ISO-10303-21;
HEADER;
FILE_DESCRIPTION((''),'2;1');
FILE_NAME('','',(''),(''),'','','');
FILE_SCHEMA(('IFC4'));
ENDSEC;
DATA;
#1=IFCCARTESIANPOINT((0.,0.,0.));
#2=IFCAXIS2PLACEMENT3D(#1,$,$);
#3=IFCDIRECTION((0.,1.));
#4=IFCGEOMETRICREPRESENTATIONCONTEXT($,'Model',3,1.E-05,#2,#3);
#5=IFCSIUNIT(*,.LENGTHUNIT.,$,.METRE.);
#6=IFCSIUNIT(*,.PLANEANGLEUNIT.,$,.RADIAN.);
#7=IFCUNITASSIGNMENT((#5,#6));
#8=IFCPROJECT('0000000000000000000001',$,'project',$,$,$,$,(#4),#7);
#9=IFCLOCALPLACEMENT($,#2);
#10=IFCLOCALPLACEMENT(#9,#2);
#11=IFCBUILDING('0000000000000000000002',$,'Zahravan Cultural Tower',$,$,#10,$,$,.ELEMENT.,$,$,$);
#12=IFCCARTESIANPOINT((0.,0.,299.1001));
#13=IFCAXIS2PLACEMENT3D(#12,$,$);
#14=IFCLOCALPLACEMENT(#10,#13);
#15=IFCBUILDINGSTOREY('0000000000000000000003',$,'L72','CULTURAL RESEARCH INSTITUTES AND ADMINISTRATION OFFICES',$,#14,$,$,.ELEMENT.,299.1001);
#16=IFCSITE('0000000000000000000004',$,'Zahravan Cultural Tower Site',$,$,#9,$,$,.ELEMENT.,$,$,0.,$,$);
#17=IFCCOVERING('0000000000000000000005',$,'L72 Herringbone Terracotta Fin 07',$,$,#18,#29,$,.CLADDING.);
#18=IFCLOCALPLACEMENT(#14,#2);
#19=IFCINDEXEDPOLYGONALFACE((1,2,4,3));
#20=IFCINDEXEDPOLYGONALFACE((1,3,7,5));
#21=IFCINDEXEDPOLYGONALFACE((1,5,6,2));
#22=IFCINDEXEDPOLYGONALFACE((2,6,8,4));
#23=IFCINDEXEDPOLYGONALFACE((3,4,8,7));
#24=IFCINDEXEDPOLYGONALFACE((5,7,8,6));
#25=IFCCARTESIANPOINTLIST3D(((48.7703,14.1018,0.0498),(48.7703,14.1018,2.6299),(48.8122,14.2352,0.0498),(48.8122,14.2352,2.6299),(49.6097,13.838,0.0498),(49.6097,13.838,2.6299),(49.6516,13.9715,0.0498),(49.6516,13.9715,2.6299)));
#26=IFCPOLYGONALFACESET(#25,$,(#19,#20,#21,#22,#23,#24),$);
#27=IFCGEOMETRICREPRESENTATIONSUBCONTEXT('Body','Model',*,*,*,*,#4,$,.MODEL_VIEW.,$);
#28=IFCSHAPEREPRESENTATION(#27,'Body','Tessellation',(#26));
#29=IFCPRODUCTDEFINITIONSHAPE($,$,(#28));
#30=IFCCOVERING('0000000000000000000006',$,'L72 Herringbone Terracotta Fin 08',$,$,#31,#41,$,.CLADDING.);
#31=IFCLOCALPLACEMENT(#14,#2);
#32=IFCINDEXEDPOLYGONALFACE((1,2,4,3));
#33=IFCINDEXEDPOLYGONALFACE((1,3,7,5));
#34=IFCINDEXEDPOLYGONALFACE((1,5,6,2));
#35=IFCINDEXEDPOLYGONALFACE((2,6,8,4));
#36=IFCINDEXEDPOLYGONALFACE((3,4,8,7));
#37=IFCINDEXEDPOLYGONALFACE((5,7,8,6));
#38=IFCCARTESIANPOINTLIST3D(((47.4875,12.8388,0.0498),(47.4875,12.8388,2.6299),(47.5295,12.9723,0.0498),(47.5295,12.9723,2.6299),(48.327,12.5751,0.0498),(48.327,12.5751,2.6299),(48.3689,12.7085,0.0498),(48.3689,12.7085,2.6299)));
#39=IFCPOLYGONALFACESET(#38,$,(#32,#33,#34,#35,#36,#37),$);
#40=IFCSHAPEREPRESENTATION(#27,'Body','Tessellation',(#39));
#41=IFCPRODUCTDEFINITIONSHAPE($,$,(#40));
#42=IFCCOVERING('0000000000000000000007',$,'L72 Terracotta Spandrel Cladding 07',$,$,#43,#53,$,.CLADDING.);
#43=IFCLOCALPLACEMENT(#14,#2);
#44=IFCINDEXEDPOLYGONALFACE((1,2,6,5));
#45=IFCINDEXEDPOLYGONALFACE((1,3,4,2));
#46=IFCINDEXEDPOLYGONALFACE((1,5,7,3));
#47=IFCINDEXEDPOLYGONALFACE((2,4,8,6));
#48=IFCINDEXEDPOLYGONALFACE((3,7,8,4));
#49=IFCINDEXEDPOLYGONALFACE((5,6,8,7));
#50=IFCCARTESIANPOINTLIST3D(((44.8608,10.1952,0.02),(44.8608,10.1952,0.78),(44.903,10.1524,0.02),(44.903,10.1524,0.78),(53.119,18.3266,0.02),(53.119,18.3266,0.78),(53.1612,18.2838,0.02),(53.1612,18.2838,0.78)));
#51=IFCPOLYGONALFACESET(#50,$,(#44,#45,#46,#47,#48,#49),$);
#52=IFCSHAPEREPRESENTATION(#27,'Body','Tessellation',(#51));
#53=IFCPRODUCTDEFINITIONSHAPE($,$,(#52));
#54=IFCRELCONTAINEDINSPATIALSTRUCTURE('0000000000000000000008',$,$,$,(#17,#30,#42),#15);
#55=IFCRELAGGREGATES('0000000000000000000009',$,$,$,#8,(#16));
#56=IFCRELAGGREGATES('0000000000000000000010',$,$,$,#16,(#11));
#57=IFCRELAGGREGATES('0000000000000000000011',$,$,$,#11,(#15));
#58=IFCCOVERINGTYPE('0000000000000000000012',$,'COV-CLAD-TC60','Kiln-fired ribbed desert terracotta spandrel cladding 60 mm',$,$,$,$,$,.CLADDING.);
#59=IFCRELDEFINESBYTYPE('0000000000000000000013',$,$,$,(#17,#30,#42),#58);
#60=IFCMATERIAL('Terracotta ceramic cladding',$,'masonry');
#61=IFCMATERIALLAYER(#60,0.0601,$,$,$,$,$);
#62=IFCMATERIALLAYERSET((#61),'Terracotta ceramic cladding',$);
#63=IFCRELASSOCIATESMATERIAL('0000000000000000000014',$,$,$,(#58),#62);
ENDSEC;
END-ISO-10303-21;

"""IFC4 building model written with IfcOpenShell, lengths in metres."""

from ifc_helpers import new_model, si_unit, direction, frame, origin, origin_2d, place, context, subcontext, project, spatial, rectangle, extrude, source, transform, mapped, material, layer, layer_set, type_object, element, save


model = new_model("IFC4")

# Units and contexts
model_context = context("Model", 3, precision=1e-05, world=origin(), true_north=direction((0.0, 1.0)))
body_context = subcontext(model_context, "Body", "Model", "MODEL_VIEW")
ifc_project = project(units=[si_unit("LENGTHUNIT", "METRE"), si_unit("PLANEANGLEUNIT", "RADIAN")], contexts=[model_context])

# Site, building, storey
site_placement = place(None, origin())
site = spatial("IfcSite", under=ifc_project, at=site_placement, Name="Zahravan Cultural Tower Site", CompositionType="ELEMENT", RefElevation=0.0)
building_placement = place(site_placement, origin())
building = spatial("IfcBuilding", under=site, at=building_placement, Name="Zahravan Cultural Tower", CompositionType="ELEMENT")
storey_placement = place(building_placement, frame((0.0, 0.0, 299.1001)))
storey = spatial("IfcBuildingStorey", under=building, at=storey_placement, Name="L72", Description="CULTURAL RESEARCH INSTITUTES AND ADMINISTRATION OFFICES", CompositionType="ELEMENT", Elevation=299.1001)

# Coverings
ifc_material_1 = material(Name="Terracotta ceramic cladding", Category="masonry")
ifc_layer_1 = layer(ifc_material_1, 0.0601)
ifc_layer_set_1 = layer_set([ifc_layer_1], Name="Terracotta ceramic cladding")
covering_type = type_object("IfcCoveringType", Name="COV-CLAD-TC60", Description="Kiln-fired ribbed desert terracotta spandrel cladding 60 mm", PredefinedType="CLADDING", material=ifc_layer_set_1)
shared_shape_1 = source(origin(), body_context, "Body", "SweptSolid", [
    extrude(rectangle(XDim=0.8799, YDim=0.1399, at=origin_2d()), origin(), (0.0, 0.0, 1.0), 2.5801),
])
for number, where, z_axis, x_axis, name in (
    (1, (49.2109, 14.0366, 0.0498), (0.0, 0.0, 1.0), (0.954016, -0.299757, 0.0), "L72 Herringbone Terracotta Fin 07"),
    (2, (47.9282, 12.7737, 0.0498), (0.0, 0.0, 1.0), (0.954016, -0.299757, 0.0), "L72 Herringbone Terracotta Fin 08"),
):
    element("IfcCovering", number, at=place(storey_placement, frame(where, z_axis=z_axis, x_axis=x_axis)), inside=storey, type_object=covering_type, Name=name, PredefinedType="CLADDING", context=body_context, shape_type="MappedRepresentation", body=[
        mapped(shared_shape_1, transform((0.0, 0.0, 0.0), x_axis=(1.0, 0.0, 0.0), y_axis=(0.0, 1.0, 0.0), z_axis=(0.0, 0.0, 1.0), scale=1.0)),
    ])
shared_shape_2 = source(origin(), body_context, "Body", "SweptSolid", [
    extrude(rectangle(XDim=11.5896, YDim=0.0601, at=origin_2d()), origin(), (0.0, 0.0, 1.0), 0.76),
])
covering_placement = place(storey_placement, frame((49.011, 14.2395, 0.02), z_axis=(0.0, 0.0, 1.0), x_axis=(-0.712553, -0.701618, 0.0)))
element("IfcCovering", 3, at=covering_placement, inside=storey, type_object=covering_type, Name="L72 Terracotta Spandrel Cladding 07", PredefinedType="CLADDING", context=body_context, shape_type="MappedRepresentation", body=[
    mapped(shared_shape_2, transform((0.0, 0.0, 0.0), x_axis=(1.0, 0.0, 0.0), y_axis=(0.0, 1.0, 0.0), z_axis=(0.0, 0.0, 1.0), scale=1.0)),
])

save(model, "model.ifc")
